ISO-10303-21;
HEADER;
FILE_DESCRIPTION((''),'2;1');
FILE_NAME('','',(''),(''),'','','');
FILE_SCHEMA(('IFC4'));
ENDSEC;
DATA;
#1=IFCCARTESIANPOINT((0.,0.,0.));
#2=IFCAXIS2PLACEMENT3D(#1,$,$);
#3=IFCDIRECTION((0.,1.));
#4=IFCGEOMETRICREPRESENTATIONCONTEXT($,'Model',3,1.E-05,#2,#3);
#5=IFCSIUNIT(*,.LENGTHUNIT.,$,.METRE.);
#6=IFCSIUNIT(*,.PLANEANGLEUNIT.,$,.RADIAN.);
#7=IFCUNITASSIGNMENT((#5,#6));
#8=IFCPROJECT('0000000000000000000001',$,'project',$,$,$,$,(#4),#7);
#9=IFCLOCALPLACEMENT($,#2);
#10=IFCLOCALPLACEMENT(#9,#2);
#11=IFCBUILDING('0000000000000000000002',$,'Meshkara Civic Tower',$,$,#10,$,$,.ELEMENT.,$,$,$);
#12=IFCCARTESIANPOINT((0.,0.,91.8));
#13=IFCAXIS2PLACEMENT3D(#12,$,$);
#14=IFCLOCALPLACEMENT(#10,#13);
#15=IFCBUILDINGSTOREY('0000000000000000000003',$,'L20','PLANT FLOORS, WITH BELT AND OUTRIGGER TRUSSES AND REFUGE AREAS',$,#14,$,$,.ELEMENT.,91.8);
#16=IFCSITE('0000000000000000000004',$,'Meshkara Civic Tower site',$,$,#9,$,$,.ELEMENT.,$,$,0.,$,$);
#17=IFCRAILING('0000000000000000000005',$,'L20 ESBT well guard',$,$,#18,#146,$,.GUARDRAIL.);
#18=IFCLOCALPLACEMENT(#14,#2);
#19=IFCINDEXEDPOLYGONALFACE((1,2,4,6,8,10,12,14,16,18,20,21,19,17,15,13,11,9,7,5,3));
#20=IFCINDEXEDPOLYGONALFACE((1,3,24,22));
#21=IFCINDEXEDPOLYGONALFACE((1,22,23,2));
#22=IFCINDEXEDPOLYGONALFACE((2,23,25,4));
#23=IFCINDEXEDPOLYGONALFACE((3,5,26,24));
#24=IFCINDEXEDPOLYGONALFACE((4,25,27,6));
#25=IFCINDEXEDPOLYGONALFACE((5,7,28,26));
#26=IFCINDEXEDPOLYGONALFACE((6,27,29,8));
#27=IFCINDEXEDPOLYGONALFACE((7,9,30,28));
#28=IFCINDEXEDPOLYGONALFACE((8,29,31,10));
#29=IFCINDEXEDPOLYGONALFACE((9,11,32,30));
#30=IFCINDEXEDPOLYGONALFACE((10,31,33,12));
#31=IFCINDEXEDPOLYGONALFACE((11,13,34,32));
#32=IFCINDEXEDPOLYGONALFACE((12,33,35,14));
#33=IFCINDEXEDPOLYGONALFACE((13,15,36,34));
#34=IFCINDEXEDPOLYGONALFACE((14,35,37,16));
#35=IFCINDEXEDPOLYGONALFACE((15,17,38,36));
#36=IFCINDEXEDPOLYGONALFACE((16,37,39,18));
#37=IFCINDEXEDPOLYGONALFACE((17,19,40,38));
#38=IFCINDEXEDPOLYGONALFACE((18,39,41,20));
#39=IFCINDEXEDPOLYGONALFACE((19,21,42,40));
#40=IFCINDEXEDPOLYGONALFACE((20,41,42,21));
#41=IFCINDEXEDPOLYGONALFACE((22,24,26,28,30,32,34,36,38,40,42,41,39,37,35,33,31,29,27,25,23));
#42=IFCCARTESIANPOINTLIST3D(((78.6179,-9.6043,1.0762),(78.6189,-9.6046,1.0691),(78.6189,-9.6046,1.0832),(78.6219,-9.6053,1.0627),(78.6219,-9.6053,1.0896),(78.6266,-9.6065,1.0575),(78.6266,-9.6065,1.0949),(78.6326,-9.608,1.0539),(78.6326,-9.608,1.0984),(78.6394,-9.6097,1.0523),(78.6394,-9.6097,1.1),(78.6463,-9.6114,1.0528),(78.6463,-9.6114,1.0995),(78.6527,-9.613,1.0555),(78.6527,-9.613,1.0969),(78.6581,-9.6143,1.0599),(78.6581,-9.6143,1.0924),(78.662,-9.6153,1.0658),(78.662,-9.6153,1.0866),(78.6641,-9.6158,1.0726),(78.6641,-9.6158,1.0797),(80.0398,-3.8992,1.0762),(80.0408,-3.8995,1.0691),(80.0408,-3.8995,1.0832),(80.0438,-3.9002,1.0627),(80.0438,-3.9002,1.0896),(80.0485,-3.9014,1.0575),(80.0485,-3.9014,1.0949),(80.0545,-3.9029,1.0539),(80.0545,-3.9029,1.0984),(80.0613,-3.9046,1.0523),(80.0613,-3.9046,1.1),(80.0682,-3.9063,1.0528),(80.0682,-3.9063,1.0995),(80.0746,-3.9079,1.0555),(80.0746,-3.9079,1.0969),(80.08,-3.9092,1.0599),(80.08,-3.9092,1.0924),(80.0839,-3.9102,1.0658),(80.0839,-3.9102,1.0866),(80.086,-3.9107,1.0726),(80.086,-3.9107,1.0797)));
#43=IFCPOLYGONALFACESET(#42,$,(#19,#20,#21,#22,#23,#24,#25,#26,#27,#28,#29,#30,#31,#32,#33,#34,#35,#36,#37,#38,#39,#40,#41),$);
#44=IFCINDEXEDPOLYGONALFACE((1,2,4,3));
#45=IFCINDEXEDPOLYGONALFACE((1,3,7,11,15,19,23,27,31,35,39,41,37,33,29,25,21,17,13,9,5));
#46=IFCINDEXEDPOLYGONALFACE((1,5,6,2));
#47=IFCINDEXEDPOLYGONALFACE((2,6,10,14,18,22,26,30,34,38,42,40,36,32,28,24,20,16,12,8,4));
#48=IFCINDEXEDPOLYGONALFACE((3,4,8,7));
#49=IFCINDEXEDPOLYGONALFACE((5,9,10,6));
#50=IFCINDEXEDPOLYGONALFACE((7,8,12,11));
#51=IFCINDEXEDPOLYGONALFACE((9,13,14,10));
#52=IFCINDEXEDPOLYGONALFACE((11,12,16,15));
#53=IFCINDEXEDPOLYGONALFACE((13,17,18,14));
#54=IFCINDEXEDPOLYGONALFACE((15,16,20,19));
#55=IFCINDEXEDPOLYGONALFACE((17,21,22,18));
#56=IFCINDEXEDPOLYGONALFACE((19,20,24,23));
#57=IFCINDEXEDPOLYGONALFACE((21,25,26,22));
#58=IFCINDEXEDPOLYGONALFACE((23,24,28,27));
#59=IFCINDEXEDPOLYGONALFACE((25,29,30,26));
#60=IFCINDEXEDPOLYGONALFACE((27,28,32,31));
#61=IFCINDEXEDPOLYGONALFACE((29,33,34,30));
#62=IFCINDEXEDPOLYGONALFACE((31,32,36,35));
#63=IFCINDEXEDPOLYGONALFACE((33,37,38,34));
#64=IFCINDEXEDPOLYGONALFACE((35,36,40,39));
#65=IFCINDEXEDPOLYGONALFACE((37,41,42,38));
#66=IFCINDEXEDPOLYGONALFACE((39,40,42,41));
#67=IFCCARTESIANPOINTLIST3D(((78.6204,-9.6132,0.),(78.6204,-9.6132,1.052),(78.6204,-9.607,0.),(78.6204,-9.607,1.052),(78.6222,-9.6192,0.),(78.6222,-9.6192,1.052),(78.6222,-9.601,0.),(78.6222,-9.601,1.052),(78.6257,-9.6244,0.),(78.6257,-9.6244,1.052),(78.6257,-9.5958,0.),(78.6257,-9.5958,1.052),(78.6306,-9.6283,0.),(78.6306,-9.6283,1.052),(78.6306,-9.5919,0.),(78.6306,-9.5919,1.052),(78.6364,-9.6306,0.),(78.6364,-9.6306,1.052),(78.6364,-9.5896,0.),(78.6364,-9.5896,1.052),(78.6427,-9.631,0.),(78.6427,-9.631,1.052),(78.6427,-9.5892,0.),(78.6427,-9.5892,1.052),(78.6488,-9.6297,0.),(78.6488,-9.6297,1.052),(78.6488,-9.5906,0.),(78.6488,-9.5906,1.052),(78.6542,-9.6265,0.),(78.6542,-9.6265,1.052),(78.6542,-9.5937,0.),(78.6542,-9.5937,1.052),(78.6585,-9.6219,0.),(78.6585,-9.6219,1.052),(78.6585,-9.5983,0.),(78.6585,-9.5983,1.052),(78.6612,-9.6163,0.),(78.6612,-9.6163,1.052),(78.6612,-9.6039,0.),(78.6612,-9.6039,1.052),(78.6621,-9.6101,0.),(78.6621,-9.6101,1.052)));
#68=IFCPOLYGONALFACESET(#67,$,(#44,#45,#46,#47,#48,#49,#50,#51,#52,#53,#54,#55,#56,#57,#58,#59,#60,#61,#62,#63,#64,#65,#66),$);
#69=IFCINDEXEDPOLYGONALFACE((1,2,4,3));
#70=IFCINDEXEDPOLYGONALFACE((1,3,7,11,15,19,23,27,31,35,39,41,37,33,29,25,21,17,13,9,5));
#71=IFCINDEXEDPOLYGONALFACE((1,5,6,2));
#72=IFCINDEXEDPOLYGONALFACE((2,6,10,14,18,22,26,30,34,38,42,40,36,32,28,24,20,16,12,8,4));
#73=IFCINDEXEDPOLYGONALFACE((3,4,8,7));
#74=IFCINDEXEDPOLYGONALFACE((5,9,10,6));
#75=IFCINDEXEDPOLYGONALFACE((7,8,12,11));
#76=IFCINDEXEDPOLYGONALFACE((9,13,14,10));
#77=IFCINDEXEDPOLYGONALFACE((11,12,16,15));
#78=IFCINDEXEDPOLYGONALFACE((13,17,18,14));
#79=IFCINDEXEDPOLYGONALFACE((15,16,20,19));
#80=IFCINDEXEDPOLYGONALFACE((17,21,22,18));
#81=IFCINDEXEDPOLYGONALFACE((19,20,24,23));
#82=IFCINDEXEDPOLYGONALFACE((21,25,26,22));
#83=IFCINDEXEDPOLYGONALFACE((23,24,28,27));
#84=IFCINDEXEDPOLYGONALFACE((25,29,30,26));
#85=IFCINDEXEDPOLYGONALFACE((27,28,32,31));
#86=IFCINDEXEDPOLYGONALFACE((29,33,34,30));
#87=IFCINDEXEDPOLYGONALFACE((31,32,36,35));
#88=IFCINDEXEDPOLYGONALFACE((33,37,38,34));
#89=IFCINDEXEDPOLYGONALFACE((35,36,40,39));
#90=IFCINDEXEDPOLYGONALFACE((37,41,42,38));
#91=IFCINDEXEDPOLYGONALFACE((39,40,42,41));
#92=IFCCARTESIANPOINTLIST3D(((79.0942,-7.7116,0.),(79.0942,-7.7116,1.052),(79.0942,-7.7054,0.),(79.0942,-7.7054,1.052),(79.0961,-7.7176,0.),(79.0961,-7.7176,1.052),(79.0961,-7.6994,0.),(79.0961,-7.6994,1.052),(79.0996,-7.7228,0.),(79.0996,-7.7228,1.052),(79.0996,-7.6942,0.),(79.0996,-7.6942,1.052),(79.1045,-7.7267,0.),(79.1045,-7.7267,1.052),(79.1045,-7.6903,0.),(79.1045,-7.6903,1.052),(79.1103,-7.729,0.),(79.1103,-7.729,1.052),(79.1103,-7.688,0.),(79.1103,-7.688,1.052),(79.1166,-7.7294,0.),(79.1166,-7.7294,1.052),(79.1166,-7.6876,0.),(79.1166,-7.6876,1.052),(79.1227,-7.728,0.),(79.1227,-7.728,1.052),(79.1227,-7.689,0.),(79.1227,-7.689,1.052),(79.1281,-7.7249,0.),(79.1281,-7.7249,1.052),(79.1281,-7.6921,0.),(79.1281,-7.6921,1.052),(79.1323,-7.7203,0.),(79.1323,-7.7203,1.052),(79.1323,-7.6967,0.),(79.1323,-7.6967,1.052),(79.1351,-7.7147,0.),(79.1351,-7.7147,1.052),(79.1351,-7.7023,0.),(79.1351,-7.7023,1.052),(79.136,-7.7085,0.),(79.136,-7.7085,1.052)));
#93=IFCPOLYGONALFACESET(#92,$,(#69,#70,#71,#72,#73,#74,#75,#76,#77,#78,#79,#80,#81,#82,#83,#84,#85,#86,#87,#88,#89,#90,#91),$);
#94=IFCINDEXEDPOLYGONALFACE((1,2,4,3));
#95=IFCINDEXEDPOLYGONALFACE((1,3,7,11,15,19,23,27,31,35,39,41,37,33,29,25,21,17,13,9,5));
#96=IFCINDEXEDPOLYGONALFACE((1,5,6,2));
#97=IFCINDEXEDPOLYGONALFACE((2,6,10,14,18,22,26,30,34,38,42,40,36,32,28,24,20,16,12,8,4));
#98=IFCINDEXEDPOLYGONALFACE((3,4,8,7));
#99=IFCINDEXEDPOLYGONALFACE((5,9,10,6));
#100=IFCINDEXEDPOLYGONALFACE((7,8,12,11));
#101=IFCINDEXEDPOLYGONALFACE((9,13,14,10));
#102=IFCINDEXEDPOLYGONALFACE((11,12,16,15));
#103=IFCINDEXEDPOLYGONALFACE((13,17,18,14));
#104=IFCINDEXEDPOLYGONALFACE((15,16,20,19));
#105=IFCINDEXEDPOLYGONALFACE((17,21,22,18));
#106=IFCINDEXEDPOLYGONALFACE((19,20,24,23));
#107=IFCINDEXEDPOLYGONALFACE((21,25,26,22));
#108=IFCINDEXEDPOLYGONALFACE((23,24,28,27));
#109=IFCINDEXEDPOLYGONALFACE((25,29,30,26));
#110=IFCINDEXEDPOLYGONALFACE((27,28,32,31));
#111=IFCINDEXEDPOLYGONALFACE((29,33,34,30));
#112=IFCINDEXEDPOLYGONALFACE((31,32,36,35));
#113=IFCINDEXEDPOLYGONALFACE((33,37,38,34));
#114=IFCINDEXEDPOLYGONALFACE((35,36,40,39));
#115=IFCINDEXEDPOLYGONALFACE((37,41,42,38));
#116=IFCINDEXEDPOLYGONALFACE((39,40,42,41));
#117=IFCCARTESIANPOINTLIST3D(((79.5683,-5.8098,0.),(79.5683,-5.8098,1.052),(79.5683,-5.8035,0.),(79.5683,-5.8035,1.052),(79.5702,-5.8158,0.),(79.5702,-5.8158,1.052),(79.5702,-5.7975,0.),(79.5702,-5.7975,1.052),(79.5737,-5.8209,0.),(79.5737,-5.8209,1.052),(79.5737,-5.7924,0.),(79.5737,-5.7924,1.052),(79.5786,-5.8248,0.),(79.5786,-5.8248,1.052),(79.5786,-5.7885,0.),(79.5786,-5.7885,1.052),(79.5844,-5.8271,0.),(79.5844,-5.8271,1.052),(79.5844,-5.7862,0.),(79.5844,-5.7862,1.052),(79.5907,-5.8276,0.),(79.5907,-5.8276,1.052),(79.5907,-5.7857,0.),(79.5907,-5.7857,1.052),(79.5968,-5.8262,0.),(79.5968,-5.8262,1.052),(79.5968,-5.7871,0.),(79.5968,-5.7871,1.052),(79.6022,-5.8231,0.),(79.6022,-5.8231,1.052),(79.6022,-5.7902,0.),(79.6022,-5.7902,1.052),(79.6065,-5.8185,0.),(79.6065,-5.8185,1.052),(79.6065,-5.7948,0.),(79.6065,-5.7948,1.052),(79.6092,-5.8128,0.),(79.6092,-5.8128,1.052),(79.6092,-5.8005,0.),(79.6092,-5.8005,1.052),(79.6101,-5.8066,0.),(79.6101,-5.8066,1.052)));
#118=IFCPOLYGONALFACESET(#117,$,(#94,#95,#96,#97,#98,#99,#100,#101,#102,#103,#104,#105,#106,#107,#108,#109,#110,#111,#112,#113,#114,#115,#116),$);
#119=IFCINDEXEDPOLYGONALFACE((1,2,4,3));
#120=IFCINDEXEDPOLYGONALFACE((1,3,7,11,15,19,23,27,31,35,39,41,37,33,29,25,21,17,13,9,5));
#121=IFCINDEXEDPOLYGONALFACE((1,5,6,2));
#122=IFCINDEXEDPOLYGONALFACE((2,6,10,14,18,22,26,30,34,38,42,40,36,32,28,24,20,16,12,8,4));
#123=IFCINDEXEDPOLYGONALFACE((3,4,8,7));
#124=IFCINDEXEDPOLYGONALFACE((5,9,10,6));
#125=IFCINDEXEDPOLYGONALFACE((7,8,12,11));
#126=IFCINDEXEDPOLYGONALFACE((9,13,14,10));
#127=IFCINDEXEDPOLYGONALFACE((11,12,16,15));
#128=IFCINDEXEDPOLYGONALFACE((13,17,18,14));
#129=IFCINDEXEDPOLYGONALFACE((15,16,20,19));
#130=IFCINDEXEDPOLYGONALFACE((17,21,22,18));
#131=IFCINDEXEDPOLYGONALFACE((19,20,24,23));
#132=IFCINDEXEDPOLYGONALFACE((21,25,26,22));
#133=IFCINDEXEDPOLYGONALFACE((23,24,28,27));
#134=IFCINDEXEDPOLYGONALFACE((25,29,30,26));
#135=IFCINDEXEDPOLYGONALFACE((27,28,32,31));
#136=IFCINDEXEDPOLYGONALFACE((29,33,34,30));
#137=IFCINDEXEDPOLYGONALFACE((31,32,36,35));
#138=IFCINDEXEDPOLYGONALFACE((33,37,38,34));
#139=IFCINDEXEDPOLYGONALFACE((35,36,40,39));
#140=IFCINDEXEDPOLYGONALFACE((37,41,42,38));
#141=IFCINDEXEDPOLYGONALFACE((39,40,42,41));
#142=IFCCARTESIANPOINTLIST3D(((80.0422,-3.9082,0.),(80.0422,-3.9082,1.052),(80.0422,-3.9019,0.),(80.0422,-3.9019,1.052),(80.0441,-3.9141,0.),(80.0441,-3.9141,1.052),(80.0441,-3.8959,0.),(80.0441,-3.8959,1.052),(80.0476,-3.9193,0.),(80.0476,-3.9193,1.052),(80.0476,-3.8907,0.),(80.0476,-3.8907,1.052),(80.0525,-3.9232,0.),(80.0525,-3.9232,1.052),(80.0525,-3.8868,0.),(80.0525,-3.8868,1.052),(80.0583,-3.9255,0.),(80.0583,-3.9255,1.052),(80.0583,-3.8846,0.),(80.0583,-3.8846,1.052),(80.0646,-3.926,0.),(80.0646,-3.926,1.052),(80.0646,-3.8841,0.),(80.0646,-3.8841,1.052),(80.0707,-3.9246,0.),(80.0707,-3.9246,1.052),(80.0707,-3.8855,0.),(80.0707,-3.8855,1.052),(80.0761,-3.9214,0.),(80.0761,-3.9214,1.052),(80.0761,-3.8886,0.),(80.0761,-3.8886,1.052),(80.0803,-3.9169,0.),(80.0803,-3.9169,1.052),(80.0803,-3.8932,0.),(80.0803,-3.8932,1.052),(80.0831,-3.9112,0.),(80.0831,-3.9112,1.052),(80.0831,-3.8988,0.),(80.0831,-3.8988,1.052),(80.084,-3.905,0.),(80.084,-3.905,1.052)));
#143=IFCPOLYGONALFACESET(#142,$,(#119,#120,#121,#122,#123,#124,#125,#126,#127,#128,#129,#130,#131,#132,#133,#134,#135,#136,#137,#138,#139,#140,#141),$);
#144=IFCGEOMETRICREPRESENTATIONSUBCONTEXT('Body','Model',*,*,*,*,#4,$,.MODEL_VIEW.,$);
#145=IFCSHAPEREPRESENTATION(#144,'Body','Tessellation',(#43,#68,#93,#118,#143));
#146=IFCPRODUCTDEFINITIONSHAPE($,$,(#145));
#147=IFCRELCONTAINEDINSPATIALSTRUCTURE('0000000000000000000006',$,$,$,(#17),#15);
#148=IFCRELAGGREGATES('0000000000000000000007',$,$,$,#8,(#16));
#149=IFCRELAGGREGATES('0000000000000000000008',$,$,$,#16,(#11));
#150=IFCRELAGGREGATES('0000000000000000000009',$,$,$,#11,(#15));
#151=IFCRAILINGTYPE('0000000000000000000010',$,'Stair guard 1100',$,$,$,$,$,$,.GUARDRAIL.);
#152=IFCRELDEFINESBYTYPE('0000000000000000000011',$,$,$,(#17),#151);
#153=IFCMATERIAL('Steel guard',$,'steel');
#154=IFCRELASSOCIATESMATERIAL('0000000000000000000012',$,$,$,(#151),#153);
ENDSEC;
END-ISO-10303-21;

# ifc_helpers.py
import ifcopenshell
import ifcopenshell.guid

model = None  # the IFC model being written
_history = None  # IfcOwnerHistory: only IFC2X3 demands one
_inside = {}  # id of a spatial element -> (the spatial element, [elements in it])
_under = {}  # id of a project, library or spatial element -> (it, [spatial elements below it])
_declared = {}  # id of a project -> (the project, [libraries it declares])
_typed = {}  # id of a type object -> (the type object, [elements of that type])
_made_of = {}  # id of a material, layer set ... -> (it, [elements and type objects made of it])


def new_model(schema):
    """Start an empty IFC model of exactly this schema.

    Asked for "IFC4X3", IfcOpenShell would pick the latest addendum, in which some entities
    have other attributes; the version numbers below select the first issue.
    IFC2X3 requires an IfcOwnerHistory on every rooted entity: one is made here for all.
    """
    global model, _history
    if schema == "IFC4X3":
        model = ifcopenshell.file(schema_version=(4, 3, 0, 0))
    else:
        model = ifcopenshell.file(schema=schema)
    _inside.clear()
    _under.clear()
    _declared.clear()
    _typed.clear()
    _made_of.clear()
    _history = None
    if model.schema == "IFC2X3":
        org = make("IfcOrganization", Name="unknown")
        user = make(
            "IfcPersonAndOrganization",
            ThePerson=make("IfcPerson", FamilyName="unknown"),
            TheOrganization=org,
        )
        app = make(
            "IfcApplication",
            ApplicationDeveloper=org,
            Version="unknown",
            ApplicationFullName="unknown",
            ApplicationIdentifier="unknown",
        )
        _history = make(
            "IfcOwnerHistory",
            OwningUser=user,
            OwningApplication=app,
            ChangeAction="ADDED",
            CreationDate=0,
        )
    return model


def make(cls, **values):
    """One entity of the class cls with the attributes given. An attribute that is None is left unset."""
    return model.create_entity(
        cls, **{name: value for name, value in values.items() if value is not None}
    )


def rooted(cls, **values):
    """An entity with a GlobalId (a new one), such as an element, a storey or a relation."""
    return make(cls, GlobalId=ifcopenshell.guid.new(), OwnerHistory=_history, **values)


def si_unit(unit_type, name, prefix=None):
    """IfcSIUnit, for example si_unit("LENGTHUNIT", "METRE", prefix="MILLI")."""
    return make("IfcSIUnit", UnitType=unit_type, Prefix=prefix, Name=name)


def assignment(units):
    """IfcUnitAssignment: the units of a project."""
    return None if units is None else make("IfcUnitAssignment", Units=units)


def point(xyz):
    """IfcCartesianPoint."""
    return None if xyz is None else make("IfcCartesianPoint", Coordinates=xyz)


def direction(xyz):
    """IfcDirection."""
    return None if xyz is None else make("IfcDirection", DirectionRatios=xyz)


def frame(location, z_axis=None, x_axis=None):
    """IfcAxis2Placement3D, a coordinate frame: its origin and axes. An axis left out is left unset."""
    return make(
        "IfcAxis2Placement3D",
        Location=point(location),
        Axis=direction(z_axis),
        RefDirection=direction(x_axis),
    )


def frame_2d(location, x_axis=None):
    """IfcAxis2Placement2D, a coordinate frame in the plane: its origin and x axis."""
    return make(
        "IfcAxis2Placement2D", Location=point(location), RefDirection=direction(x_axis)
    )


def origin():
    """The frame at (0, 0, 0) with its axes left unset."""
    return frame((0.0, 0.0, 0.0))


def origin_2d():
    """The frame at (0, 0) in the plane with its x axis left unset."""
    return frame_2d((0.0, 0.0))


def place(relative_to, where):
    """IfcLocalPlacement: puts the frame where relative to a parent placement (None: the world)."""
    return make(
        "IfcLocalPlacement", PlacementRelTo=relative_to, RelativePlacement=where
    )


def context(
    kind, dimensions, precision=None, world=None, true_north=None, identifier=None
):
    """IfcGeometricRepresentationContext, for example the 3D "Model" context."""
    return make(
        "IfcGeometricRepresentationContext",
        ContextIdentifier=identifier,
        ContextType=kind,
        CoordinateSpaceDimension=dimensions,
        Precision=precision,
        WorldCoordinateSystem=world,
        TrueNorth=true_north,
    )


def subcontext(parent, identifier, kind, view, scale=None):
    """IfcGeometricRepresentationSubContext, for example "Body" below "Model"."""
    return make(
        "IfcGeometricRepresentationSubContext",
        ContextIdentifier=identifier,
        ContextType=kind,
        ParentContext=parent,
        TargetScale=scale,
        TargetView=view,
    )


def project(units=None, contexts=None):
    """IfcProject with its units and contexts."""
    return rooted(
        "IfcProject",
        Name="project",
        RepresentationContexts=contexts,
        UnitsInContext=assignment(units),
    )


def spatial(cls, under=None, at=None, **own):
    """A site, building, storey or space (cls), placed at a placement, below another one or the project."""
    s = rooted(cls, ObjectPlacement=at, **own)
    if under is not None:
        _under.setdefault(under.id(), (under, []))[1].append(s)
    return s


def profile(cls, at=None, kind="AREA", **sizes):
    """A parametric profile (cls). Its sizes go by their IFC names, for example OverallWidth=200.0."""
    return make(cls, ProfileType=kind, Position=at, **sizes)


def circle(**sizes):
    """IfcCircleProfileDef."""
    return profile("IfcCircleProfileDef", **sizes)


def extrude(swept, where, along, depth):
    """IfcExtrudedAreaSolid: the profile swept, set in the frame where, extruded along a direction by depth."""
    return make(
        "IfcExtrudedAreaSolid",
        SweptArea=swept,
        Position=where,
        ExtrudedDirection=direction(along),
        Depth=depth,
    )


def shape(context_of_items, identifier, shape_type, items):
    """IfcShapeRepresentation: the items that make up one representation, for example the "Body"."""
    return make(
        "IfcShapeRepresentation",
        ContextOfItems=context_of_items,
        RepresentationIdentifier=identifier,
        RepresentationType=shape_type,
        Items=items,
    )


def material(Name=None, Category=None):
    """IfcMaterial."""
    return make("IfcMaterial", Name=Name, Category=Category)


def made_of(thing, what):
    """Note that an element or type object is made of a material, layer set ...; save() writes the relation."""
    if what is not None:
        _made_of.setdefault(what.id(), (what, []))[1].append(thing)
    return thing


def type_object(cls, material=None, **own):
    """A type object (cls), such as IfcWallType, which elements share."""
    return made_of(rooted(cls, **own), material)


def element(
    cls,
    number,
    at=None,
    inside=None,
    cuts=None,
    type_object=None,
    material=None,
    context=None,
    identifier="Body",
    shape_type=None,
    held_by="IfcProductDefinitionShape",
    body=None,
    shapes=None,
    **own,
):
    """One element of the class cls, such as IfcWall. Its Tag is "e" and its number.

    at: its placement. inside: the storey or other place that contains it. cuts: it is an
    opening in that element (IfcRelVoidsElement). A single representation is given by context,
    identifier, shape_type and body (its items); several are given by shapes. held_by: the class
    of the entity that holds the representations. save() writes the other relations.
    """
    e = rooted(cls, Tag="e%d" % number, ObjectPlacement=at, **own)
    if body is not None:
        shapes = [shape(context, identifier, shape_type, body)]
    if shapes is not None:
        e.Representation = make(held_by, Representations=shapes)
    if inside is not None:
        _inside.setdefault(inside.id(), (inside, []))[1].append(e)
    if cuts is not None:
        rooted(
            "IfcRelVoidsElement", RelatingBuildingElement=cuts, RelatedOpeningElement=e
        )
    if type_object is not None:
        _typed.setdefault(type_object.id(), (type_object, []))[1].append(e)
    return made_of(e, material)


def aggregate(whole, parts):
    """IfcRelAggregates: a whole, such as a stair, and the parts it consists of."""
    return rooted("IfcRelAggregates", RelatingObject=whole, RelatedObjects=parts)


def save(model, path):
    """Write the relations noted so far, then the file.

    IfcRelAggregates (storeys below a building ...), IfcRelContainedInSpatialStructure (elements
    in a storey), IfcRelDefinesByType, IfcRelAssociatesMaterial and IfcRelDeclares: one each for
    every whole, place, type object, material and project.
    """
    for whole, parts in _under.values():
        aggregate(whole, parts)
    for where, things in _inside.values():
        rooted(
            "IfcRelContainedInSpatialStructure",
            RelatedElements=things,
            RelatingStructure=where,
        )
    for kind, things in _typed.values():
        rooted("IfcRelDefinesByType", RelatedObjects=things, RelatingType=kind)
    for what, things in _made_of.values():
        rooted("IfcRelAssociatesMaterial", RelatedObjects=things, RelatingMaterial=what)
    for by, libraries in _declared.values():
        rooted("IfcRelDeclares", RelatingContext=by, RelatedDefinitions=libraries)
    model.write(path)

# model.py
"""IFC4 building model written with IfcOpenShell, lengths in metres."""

from ifc_helpers import new_model, si_unit, direction, frame, origin, origin_2d, place, context, subcontext, project, spatial, circle, extrude, material, type_object, element, save


model = new_model("IFC4")

# Units and contexts
model_context = context("Model", 3, precision=1e-05, world=origin(), true_north=direction((0.0, 1.0)))
body_context = subcontext(model_context, "Body", "Model", "MODEL_VIEW")
ifc_project = project(units=[si_unit("LENGTHUNIT", "METRE"), si_unit("PLANEANGLEUNIT", "RADIAN")], contexts=[model_context])

# Site, building, storey
site_placement = place(None, origin())
site = spatial("IfcSite", under=ifc_project, at=site_placement, Name="Meshkara Civic Tower site", CompositionType="ELEMENT", RefElevation=0.0)
building_placement = place(site_placement, origin())
building = spatial("IfcBuilding", under=site, at=building_placement, Name="Meshkara Civic Tower", CompositionType="ELEMENT")
storey_placement = place(building_placement, frame((0.0, 0.0, 91.8)))
storey = spatial("IfcBuildingStorey", under=building, at=storey_placement, Name="L20", Description="PLANT FLOORS, WITH BELT AND OUTRIGGER TRUSSES AND REFUGE AREAS", CompositionType="ELEMENT", Elevation=91.8)

# Railing
ifc_material_1 = material(Name="Steel guard", Category="steel")
railing_type = type_object("IfcRailingType", Name="Stair guard 1100", PredefinedType="GUARDRAIL", material=ifc_material_1)
railing_placement = place(storey_placement, frame((78.6411, -9.6101, 0.0)))
element("IfcRailing", 1, at=railing_placement, inside=storey, type_object=railing_type, Name="L20 ESBT well guard", PredefinedType="GUARDRAIL", context=body_context, shape_type="SweptSolid", body=[
    extrude(circle(Radius=0.0239, at=origin_2d()), frame((0.0, 0.0, 1.0762), z_axis=(0.241832, 0.970318, 0.0), x_axis=(-0.970318, 0.241832, 0.0)), (0.0, 0.0, 1.0), 5.8796),
    extrude(circle(Radius=0.021, at=origin_2d()), origin(), (0.0, 0.0, 1.0), 1.052),
    extrude(circle(Radius=0.021, at=origin_2d()), frame((0.4739, 1.9016, 0.0)), (0.0, 0.0, 1.0), 1.052),
    extrude(circle(Radius=0.021, at=origin_2d()), frame((0.948, 3.8035, 0.0)), (0.0, 0.0, 1.0), 1.052),
    extrude(circle(Radius=0.021, at=origin_2d()), frame((1.4219, 5.7051, 0.0)), (0.0, 0.0, 1.0), 1.052),
])

save(model, "model.ifc")
